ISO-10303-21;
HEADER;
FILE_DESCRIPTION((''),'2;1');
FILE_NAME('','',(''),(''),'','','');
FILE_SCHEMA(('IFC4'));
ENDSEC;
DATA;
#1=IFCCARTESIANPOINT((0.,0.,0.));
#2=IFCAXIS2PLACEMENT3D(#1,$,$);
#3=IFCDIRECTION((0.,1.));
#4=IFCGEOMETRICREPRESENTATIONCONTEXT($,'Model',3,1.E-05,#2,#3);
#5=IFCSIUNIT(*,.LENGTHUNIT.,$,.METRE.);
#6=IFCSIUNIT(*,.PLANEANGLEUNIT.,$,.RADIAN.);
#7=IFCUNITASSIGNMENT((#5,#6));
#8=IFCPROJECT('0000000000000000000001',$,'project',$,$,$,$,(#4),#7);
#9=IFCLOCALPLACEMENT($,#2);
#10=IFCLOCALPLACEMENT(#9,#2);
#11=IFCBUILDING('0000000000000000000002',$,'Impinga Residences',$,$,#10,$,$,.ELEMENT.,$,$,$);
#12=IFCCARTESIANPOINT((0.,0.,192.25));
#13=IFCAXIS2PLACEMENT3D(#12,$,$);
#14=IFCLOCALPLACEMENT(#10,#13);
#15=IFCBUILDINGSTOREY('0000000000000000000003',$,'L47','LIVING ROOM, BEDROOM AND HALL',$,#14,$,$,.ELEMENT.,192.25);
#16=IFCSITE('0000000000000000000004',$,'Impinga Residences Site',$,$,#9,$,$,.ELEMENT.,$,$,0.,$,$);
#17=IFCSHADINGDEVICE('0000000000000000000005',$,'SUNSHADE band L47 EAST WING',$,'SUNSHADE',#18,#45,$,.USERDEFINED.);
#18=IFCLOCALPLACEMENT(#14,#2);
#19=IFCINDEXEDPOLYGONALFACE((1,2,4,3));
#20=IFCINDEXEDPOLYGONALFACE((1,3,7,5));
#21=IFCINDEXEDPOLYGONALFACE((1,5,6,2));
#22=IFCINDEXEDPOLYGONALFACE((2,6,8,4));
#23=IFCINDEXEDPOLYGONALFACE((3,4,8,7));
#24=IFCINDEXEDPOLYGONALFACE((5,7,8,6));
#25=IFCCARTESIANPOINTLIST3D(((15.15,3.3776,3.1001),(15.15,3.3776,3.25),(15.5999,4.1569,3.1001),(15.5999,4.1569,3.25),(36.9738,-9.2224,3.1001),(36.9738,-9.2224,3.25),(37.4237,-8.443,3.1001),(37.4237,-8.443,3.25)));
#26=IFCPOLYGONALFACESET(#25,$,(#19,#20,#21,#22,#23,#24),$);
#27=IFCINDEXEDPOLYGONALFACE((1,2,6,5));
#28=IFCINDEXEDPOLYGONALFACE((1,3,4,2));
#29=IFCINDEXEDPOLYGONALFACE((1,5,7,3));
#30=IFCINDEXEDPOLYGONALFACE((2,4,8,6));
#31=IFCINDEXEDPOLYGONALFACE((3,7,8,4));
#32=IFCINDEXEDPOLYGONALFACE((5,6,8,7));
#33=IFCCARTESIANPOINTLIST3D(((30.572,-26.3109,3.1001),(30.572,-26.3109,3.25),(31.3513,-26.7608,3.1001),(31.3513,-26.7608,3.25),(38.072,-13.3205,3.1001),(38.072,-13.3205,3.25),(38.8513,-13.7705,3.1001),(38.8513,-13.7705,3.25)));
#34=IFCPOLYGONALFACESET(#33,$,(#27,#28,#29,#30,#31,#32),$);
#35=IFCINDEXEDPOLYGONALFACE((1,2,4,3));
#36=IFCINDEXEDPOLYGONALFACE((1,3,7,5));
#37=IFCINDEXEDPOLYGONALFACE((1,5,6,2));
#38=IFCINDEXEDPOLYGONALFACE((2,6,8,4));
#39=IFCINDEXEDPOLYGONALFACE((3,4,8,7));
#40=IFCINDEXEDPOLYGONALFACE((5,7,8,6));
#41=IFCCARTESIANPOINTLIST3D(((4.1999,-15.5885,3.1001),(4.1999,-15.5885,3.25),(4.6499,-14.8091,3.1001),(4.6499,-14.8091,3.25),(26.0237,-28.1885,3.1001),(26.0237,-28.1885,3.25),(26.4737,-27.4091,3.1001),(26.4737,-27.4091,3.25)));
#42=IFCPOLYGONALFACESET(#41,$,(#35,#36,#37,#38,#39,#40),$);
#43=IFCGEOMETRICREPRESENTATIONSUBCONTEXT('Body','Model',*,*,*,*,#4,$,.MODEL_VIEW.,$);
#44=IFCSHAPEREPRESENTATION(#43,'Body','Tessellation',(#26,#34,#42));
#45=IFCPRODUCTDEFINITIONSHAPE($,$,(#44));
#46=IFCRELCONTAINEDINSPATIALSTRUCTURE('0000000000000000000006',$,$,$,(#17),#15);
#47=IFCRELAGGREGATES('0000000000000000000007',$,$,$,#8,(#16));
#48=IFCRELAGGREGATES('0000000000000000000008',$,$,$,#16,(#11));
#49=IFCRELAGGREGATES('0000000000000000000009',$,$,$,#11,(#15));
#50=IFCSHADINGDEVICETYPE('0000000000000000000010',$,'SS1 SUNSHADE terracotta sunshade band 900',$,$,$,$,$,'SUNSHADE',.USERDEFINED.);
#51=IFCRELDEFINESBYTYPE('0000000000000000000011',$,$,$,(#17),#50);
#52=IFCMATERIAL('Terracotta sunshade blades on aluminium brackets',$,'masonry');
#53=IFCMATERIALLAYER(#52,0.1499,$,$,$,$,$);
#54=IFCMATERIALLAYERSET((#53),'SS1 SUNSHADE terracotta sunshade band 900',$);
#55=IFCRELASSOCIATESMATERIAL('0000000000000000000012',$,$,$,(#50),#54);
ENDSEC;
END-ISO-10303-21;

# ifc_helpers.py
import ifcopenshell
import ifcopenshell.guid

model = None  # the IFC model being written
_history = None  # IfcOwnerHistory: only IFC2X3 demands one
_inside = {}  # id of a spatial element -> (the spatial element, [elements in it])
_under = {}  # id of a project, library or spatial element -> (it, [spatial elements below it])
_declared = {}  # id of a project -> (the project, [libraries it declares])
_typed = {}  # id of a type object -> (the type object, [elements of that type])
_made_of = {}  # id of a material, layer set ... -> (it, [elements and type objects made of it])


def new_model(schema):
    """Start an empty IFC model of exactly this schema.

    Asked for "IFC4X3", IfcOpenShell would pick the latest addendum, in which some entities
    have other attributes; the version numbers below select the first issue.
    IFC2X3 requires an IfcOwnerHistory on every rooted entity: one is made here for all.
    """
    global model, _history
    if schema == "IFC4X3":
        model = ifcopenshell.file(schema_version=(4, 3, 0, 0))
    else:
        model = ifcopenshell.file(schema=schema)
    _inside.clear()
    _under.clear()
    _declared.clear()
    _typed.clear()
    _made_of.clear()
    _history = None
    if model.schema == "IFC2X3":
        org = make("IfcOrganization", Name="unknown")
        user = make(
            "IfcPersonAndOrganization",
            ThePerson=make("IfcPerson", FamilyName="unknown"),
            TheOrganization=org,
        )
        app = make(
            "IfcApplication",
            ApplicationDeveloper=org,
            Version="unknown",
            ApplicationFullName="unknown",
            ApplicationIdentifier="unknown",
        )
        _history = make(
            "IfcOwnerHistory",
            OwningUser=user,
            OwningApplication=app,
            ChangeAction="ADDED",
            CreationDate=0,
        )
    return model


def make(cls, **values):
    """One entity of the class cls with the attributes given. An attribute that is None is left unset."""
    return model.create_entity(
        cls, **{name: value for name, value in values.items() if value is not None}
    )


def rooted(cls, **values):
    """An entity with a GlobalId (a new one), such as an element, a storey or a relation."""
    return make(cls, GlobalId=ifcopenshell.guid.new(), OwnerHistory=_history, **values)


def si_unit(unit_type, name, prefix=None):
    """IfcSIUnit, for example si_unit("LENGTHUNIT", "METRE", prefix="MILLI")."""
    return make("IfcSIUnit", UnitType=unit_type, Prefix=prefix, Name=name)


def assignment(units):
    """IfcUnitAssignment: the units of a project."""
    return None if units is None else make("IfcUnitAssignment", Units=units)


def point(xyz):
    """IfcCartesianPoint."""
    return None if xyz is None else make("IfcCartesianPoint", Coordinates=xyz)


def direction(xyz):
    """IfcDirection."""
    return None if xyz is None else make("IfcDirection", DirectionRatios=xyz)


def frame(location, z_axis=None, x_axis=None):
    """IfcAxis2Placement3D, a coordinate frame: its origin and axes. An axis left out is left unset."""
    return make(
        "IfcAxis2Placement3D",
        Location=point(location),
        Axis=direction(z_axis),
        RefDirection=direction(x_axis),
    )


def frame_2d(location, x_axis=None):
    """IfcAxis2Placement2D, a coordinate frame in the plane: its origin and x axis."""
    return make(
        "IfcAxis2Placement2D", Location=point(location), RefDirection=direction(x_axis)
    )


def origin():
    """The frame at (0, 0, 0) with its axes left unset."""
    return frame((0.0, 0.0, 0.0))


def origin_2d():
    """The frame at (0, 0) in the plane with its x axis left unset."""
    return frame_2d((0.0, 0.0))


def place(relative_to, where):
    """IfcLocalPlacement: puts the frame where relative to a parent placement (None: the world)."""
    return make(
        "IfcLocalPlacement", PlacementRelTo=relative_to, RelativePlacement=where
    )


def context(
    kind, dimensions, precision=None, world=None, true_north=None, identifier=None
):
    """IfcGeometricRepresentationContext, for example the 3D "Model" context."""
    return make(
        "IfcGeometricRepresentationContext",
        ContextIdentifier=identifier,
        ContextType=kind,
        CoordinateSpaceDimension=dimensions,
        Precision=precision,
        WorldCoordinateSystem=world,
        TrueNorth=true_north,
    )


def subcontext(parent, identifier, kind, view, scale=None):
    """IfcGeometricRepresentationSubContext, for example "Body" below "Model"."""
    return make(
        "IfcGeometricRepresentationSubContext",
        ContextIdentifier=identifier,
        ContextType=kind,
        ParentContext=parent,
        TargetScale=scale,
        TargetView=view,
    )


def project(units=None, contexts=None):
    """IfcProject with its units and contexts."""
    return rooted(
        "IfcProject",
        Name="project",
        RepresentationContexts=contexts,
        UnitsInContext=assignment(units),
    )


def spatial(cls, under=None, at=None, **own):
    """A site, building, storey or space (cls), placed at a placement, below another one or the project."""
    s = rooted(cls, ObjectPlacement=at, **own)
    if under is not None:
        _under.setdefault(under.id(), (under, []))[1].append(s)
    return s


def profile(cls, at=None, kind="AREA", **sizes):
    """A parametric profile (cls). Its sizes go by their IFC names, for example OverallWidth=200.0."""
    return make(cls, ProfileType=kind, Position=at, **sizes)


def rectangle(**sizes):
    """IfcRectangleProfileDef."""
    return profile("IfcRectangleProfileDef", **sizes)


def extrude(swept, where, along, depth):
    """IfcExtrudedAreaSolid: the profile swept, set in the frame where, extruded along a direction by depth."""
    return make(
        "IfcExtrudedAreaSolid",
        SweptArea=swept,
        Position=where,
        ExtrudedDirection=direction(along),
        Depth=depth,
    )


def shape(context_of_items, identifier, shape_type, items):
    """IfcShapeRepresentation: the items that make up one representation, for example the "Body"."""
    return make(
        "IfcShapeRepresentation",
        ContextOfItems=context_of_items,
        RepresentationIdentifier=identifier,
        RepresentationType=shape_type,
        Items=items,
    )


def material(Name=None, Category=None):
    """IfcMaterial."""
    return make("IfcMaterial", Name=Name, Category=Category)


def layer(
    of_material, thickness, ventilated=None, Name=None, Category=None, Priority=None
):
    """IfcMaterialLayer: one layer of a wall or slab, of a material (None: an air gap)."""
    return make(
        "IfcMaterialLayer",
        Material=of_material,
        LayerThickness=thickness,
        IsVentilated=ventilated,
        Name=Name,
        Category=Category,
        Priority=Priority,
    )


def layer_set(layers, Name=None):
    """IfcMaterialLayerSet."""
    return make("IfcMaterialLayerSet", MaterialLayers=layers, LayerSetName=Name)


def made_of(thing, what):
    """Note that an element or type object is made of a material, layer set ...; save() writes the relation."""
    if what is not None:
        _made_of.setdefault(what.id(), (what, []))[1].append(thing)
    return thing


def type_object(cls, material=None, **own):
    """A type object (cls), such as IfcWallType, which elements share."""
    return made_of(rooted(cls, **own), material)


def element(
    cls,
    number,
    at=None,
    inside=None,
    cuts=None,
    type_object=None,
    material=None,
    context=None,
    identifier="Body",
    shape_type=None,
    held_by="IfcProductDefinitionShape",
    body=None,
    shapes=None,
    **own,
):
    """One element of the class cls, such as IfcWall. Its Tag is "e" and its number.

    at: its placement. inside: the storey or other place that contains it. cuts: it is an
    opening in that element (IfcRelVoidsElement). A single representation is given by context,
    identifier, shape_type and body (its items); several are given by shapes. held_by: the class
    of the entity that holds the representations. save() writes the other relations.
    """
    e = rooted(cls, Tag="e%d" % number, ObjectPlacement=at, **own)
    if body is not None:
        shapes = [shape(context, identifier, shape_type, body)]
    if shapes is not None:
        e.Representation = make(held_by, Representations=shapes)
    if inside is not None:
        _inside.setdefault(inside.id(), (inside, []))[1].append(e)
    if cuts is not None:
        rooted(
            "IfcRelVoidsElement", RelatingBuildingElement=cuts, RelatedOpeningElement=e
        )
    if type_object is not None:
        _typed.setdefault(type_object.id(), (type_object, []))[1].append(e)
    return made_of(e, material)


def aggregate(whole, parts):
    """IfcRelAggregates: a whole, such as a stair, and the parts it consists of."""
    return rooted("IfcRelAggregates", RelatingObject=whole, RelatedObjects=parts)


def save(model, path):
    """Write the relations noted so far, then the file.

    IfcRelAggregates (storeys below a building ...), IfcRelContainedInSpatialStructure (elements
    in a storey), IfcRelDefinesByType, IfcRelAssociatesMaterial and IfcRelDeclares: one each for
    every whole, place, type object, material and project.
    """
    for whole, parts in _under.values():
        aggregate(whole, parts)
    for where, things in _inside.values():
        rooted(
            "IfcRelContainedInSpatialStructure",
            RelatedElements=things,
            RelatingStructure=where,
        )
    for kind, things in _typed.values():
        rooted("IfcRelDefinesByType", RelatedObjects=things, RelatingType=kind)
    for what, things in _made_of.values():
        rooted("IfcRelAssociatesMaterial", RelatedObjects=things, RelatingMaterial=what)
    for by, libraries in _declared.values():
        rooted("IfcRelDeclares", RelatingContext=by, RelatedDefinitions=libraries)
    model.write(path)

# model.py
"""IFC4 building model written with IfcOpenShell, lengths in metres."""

from ifc_helpers import new_model, si_unit, direction, frame, origin, origin_2d, place, context, subcontext, project, spatial, rectangle, extrude, material, layer, layer_set, type_object, element, save


model = new_model("IFC4")

# Units and contexts
model_context = context("Model", 3, precision=1e-05, world=origin(), true_north=direction((0.0, 1.0)))
body_context = subcontext(model_context, "Body", "Model", "MODEL_VIEW")
ifc_project = project(units=[si_unit("LENGTHUNIT", "METRE"), si_unit("PLANEANGLEUNIT", "RADIAN")], contexts=[model_context])

# Site, building, storey
site_placement = place(None, origin())
site = spatial("IfcSite", under=ifc_project, at=site_placement, Name="Impinga Residences Site", CompositionType="ELEMENT", RefElevation=0.0)
building_placement = place(site_placement, origin())
building = spatial("IfcBuilding", under=site, at=building_placement, Name="Impinga Residences", CompositionType="ELEMENT")
storey_placement = place(building_placement, frame((0.0, 0.0, 192.25)))
storey = spatial("IfcBuildingStorey", under=building, at=storey_placement, Name="L47", Description="LIVING ROOM, BEDROOM AND HALL", CompositionType="ELEMENT", Elevation=192.25)

# Shading device
ifc_material_1 = material(Name="Terracotta sunshade blades on aluminium brackets", Category="masonry")
ifc_layer_1 = layer(ifc_material_1, 0.1499)
ifc_layer_set_1 = layer_set([ifc_layer_1], Name="SS1 SUNSHADE terracotta sunshade band 900")
shading_device_type = type_object("IfcShadingDeviceType", Name="SS1 SUNSHADE terracotta sunshade band 900", ElementType="SUNSHADE", PredefinedType="USERDEFINED", material=ifc_layer_set_1)
shading_device_placement = place(storey_placement, frame((26.2869, -2.5327, 3.1001), z_axis=(0.0, 0.0, 1.0), x_axis=(0.866025, -0.5, 0.0)))
element("IfcShadingDevice", 1, at=shading_device_placement, inside=storey, type_object=shading_device_type, Name="SUNSHADE band L47 EAST WING", ObjectType="SUNSHADE", PredefinedType="USERDEFINED", context=body_context, shape_type="SweptSolid", body=[
    extrude(rectangle(XDim=25.2, YDim=0.8999, at=origin_2d()), origin(), (0.0, 0.0, 1.0), 0.1499),
    extrude(rectangle(XDim=15.0, YDim=0.8999, at=origin_2d()), frame((16.05, -10.95, 0.0), z_axis=(0.0, 0.0, 1.0), x_axis=(0.0, -1.0, 0.0)), (0.0, 0.0, 1.0), 0.1499),
    extrude(rectangle(XDim=25.2, YDim=0.8999, at=origin_2d()), frame((0.0, -21.9001, 0.0), z_axis=(0.0, 0.0, 1.0), x_axis=(-1.0, 0.0, 0.0)), (0.0, 0.0, 1.0), 0.1499),
])

save(model, "model.ifc")
